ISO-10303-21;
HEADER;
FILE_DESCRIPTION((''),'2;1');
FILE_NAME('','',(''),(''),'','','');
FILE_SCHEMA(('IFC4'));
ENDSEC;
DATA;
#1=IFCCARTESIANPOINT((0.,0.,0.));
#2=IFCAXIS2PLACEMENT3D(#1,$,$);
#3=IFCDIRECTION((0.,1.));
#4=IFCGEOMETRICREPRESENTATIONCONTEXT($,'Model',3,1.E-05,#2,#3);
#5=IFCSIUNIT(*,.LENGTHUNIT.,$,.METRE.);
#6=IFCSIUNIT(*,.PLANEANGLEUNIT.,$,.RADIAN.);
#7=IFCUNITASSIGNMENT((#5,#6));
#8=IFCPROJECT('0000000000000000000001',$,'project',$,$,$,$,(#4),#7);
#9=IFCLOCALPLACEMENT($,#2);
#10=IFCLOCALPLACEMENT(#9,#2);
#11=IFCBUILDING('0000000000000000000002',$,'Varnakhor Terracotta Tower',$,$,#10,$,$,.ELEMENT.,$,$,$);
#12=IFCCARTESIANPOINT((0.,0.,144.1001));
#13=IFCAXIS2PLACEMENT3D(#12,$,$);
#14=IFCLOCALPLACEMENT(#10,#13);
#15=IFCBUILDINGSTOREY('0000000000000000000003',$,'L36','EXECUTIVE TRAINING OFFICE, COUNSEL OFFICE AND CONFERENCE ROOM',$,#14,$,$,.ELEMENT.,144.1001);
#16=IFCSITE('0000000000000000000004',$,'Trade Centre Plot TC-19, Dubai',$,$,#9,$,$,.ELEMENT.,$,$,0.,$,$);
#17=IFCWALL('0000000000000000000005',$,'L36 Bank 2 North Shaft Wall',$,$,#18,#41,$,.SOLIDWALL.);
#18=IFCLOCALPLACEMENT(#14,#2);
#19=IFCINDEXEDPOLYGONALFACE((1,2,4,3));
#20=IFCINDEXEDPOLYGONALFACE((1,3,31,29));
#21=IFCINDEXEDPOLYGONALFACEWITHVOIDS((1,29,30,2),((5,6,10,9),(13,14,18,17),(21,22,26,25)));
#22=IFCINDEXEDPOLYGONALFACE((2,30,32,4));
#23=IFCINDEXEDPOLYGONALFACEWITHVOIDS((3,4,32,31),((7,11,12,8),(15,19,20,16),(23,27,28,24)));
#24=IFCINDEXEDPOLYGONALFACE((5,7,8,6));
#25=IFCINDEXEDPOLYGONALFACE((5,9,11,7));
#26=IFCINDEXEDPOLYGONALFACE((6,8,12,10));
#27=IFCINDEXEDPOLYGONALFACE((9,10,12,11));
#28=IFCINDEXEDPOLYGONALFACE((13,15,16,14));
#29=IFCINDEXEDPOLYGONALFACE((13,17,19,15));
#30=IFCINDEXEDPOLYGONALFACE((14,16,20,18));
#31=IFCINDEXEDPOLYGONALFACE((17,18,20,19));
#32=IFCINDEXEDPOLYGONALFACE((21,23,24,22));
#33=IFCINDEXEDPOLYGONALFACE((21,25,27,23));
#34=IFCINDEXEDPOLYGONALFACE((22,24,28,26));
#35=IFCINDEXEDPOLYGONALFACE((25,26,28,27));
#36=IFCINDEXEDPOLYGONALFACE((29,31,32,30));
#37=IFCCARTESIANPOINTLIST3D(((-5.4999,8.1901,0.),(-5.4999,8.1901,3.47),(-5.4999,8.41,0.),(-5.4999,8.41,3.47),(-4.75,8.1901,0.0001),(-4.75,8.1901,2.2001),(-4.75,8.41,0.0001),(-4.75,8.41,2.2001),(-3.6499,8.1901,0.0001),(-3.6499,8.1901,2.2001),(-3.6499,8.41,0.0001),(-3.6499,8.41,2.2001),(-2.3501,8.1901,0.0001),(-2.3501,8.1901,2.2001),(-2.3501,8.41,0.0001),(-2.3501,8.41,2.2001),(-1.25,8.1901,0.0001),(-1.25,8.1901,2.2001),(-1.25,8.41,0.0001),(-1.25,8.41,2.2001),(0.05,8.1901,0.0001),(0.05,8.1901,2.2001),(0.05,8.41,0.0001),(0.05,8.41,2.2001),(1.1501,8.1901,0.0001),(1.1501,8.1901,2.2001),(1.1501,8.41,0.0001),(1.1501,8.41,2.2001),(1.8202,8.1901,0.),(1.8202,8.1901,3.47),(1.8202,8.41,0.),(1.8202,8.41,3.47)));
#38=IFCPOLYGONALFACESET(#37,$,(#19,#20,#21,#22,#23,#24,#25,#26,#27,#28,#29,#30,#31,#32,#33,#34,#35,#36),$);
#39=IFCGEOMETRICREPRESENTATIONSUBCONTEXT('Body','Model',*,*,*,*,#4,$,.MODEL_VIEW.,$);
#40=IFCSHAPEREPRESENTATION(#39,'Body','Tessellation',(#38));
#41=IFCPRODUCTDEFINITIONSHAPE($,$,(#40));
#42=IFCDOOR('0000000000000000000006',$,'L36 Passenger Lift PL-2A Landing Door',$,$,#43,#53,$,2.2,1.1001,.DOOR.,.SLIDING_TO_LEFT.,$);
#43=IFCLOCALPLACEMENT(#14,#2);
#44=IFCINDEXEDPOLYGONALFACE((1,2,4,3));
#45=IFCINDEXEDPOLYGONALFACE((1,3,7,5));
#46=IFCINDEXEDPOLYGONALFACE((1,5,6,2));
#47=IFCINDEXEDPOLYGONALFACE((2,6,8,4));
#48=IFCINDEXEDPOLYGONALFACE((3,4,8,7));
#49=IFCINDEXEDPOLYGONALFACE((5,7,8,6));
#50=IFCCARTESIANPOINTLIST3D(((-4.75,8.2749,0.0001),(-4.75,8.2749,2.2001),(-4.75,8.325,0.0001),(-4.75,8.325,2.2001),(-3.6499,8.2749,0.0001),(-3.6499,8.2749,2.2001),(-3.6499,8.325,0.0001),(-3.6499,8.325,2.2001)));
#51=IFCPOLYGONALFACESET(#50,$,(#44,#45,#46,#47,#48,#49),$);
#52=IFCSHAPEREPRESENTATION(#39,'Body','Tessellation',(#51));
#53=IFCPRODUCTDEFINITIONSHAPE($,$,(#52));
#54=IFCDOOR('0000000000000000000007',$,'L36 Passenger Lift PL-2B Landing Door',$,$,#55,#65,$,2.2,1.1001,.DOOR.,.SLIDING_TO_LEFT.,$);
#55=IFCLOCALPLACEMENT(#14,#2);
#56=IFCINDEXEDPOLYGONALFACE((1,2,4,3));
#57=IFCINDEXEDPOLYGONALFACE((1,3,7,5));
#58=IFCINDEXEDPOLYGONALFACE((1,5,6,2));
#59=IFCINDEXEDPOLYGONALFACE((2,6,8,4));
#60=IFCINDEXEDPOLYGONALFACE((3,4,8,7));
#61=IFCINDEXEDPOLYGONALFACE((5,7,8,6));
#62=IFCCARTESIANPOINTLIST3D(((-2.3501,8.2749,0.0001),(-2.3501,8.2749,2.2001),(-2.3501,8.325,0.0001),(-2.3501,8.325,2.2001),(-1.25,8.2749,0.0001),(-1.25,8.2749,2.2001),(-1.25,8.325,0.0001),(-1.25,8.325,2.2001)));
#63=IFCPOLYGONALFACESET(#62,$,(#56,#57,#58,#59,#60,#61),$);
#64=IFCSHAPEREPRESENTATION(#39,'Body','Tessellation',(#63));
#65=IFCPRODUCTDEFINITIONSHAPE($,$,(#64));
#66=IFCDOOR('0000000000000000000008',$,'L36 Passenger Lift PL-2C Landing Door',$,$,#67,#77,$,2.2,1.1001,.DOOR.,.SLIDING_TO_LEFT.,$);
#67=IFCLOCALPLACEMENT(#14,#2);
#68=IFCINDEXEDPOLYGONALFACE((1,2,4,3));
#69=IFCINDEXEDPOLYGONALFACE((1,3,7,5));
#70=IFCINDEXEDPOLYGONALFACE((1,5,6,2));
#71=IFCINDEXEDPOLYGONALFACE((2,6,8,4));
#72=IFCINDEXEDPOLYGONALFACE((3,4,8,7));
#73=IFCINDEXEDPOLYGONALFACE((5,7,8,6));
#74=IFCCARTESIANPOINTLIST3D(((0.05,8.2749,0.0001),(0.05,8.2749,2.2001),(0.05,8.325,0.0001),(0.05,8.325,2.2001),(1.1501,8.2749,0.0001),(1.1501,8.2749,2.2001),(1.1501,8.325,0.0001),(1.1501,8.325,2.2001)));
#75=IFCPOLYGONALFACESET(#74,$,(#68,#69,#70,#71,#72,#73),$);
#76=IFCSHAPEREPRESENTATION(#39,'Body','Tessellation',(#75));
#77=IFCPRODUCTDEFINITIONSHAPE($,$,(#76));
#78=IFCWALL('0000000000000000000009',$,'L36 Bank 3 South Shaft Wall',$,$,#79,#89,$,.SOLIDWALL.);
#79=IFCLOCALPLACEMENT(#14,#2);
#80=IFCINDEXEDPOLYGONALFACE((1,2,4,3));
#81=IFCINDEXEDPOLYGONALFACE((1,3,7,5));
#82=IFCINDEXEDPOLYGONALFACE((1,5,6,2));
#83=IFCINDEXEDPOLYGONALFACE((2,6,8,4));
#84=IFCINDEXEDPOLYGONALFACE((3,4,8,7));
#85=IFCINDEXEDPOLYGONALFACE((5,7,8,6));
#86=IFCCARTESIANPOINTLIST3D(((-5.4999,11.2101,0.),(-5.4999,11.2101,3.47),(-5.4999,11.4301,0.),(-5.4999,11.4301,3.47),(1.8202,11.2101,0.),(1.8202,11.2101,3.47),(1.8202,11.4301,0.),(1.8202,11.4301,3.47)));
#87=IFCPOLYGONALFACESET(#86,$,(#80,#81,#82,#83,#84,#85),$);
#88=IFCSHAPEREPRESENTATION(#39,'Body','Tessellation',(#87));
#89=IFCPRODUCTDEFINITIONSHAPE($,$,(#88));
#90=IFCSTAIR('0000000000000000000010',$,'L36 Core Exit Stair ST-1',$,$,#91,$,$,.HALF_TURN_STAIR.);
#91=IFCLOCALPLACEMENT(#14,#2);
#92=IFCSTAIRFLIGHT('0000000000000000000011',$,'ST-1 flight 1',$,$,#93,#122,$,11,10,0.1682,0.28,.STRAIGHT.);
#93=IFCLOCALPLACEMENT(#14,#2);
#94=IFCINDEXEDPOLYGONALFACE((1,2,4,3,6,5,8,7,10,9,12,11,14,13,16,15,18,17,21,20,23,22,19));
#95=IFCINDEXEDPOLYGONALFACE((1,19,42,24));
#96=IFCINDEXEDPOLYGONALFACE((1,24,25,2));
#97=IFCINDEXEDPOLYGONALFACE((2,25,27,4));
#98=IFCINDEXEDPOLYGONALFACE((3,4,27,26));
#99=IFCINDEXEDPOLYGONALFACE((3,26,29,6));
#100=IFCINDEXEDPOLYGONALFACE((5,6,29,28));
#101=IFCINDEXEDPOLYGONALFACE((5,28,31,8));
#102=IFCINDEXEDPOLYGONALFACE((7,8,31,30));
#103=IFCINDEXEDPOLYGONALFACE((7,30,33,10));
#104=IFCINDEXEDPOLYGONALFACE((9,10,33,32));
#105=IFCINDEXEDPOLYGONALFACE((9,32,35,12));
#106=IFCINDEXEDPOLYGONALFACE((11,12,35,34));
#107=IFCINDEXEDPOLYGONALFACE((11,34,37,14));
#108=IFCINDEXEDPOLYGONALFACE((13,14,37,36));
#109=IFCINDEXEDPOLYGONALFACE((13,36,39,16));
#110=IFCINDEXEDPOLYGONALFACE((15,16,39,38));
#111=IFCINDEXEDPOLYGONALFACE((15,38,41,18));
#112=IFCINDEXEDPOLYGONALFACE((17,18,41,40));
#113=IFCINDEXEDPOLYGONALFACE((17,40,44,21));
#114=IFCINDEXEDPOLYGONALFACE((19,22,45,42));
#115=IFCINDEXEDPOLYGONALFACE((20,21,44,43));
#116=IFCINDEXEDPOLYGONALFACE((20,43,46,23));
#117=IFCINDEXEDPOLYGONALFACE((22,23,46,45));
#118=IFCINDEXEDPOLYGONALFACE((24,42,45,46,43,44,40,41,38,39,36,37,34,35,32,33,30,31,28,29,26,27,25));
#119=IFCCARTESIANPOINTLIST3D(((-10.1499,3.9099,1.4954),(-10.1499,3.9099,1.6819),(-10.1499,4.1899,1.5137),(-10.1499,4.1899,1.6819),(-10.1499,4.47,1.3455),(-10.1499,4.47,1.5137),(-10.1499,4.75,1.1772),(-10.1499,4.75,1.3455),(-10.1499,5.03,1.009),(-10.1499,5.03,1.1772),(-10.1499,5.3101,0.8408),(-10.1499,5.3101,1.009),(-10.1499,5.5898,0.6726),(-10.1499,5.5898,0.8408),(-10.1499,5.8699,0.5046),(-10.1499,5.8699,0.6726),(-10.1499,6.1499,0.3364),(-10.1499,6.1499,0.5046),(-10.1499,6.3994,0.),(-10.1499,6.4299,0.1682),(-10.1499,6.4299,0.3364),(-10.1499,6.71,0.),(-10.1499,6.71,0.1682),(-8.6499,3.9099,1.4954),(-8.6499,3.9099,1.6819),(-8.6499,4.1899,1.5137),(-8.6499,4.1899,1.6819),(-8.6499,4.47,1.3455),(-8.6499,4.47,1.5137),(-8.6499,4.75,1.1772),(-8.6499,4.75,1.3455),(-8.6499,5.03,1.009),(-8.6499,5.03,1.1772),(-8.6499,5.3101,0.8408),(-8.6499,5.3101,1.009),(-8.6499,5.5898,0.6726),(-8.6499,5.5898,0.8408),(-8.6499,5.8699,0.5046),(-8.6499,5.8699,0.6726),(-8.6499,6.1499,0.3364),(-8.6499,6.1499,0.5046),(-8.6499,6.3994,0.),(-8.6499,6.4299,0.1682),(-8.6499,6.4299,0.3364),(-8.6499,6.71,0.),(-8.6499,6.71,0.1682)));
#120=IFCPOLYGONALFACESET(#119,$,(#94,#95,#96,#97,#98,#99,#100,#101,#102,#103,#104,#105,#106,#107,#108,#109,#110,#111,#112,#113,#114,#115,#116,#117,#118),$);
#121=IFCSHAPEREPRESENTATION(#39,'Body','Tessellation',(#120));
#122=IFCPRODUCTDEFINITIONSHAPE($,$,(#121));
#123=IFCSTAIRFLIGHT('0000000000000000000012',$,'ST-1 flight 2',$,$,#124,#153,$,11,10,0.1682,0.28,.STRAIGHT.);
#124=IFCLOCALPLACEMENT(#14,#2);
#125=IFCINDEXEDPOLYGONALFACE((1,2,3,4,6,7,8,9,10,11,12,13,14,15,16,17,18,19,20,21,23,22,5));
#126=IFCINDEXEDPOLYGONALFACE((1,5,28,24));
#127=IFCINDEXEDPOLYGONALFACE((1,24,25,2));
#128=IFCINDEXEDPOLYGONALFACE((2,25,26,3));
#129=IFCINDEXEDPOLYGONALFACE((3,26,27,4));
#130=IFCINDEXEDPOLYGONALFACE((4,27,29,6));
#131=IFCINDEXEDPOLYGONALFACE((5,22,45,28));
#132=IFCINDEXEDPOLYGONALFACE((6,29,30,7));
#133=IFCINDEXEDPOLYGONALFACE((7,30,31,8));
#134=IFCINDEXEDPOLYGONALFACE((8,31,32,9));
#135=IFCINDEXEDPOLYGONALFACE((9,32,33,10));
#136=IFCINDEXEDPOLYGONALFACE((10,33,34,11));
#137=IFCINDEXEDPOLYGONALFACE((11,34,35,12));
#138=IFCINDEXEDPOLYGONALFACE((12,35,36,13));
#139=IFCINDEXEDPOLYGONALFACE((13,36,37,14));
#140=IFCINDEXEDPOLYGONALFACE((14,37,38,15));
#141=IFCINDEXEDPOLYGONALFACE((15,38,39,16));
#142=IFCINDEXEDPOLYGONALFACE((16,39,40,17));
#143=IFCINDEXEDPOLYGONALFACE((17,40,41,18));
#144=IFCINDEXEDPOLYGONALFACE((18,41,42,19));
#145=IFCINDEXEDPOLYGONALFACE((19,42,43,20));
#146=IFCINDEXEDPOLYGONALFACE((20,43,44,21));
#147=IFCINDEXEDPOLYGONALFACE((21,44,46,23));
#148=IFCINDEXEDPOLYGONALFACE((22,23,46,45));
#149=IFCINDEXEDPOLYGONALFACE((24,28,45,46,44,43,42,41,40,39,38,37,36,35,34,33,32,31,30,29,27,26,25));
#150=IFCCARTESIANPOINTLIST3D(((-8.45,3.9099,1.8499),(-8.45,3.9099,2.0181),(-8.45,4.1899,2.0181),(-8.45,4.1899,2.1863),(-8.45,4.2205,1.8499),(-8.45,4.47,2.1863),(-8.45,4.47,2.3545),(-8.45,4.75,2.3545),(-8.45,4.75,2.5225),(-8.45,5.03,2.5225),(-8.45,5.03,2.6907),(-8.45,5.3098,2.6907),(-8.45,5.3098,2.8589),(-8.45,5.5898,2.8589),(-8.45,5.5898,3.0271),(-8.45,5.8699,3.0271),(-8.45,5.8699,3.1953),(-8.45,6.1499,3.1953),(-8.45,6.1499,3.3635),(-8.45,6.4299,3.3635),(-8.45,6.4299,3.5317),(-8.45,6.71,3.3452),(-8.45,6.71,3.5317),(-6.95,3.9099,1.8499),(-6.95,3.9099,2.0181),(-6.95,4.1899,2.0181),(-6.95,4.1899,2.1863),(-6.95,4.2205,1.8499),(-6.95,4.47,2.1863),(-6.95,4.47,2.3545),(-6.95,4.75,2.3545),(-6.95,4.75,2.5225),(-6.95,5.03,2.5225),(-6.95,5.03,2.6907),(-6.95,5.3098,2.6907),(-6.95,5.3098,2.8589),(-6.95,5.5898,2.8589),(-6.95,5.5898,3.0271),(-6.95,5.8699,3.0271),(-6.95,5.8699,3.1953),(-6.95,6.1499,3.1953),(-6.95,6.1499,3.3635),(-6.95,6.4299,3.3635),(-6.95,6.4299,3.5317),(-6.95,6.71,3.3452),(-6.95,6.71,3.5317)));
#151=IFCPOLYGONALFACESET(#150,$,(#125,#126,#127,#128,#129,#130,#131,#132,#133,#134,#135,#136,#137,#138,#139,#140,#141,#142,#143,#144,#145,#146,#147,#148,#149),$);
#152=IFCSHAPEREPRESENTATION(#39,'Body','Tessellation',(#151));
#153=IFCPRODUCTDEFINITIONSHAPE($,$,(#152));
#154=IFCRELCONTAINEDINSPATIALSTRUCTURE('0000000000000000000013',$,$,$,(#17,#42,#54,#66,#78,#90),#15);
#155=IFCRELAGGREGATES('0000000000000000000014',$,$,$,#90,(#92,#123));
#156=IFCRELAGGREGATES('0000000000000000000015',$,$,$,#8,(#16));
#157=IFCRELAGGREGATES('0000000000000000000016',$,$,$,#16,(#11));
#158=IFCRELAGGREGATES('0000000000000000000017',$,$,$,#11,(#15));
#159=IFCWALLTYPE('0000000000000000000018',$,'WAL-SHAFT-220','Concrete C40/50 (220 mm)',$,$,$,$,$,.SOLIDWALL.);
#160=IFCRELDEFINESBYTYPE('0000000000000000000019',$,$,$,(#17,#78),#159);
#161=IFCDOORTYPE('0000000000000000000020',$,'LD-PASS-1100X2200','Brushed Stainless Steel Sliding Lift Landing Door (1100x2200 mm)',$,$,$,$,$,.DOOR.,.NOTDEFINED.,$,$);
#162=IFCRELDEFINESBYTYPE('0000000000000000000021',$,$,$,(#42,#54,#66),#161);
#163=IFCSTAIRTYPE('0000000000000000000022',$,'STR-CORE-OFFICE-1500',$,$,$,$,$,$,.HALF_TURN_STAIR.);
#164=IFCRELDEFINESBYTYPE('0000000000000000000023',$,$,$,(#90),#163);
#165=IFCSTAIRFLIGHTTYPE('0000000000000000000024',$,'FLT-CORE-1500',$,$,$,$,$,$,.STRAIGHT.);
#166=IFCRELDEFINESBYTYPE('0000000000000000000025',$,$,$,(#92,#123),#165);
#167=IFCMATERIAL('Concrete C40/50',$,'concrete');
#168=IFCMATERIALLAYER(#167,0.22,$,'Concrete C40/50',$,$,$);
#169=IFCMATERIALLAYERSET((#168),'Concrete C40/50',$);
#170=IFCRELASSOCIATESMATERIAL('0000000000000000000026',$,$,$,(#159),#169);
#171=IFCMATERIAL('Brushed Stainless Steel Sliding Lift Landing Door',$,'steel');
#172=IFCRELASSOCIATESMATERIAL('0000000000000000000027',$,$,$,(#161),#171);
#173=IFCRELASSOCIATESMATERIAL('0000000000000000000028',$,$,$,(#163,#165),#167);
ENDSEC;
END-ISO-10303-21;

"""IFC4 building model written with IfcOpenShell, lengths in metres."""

from ifc_helpers import new_model, si_unit, direction, frame, frame_2d, origin, place, context, subcontext, project, spatial, polyline, rectangle, outline, extrude, source, transform, mapped, material, layer, layer_set, type_object, type_shapes, element, fill, aggregate, save


model = new_model("IFC4")

# Units and contexts
model_context = context("Model", 3, precision=1e-05, world=origin(), true_north=direction((0.0, 1.0)))
body_context = subcontext(model_context, "Body", "Model", "MODEL_VIEW")
ifc_project = project(units=[si_unit("LENGTHUNIT", "METRE"), si_unit("PLANEANGLEUNIT", "RADIAN")], contexts=[model_context])

# Site, building, storey
site_placement = place(None, origin())
site = spatial("IfcSite", under=ifc_project, at=site_placement, Name="Trade Centre Plot TC-19, Dubai", CompositionType="ELEMENT", RefElevation=0.0)
building_placement = place(site_placement, origin())
building = spatial("IfcBuilding", under=site, at=building_placement, Name="Varnakhor Terracotta Tower", CompositionType="ELEMENT")
storey_placement = place(building_placement, frame((0.0, 0.0, 144.1001)))
storey = spatial("IfcBuildingStorey", under=building, at=storey_placement, Name="L36", Description="EXECUTIVE TRAINING OFFICE, COUNSEL OFFICE AND CONFERENCE ROOM", CompositionType="ELEMENT", Elevation=144.1001)

# Shared definitions
ifc_material_1 = material(Name="Concrete C40/50", Category="concrete")

# Shared definitions
ifc_layer_1 = layer(ifc_material_1, 0.22, Name="Concrete C40/50")
ifc_layer_set_1 = layer_set([ifc_layer_1], Name="Concrete C40/50")
wall_type_1 = type_object("IfcWallType", Name="WAL-SHAFT-220", Description="Concrete C40/50 (220 mm)", PredefinedType="SOLIDWALL", material=ifc_layer_set_1)

# Wall, openings, doors
wall_1_placement = place(storey_placement, frame((-5.5, 8.3, 0.0), z_axis=(0.0, 0.0, 1.0), x_axis=(1.0, 0.0, 0.0)))
wall_1 = element("IfcWall", 1, at=wall_1_placement, inside=storey, type_object=wall_type_1, Name="L36 Bank 2 North Shaft Wall", PredefinedType="SOLIDWALL", context=body_context, shape_type="SweptSolid", body=[
    extrude(rectangle(XDim=7.3201, YDim=0.22, at=frame_2d((3.6602, 0.0))), origin(), (0.0, 0.0, 1.0), 3.47),
])
opening_1_placement = place(wall_1_placement, frame((0.75, 0.0, 0.0)))
opening_1 = element("IfcOpeningElement", 2, at=opening_1_placement, cuts=wall_1, PredefinedType="OPENING", context=body_context, shape_type="SweptSolid", body=[
    extrude(rectangle(XDim=1.1001, YDim=2.2, at=frame_2d((0.55, 1.1001))), frame((0.0, 0.1201, 0.0), z_axis=(0.0, -1.0, 0.0), x_axis=(1.0, 0.0, 0.0)), (0.0, 0.0, 1.0), 0.24),
])
opening_2_placement = place(wall_1_placement, frame((3.1499, 0.0, 0.0)))
opening_2 = element("IfcOpeningElement", 3, at=opening_2_placement, cuts=wall_1, PredefinedType="OPENING", context=body_context, shape_type="SweptSolid", body=[
    extrude(rectangle(XDim=1.1001, YDim=2.2, at=frame_2d((0.55, 1.1001))), frame((0.0, 0.1201, 0.0), z_axis=(0.0, -1.0, 0.0), x_axis=(1.0, 0.0, 0.0)), (0.0, 0.0, 1.0), 0.24),
])
opening_3_placement = place(wall_1_placement, frame((5.55, 0.0, 0.0)))
opening_3 = element("IfcOpeningElement", 4, at=opening_3_placement, cuts=wall_1, PredefinedType="OPENING", context=body_context, shape_type="SweptSolid", body=[
    extrude(rectangle(XDim=1.1001, YDim=2.2, at=frame_2d((0.55, 1.1001))), frame((0.0, 0.1201, 0.0), z_axis=(0.0, -1.0, 0.0), x_axis=(1.0, 0.0, 0.0)), (0.0, 0.0, 1.0), 0.24),
])
ifc_material_2 = material(Name="Brushed Stainless Steel Sliding Lift Landing Door", Category="steel")
door_type_1 = type_object("IfcDoorType", Name="LD-PASS-1100X2200", Description="Brushed Stainless Steel Sliding Lift Landing Door (1100x2200 mm)", OperationType="NOTDEFINED", PredefinedType="DOOR", material=ifc_material_2)
shared_shape_1 = source(origin(), body_context, "Body", "SweptSolid", [
    extrude(rectangle(XDim=1.1001, YDim=2.2, at=frame_2d((0.55, 1.1001))), frame((0.0, 0.0249, 0.0), z_axis=(0.0, -1.0, 0.0), x_axis=(1.0, 0.0, 0.0)), (0.0, 0.0, 1.0), 0.05),
])
type_shapes(door_type_1, [shared_shape_1])
door_1_placement = place(opening_1_placement, origin())
door_1 = element("IfcDoor", 5, at=door_1_placement, inside=storey, type_object=door_type_1, Name="L36 Passenger Lift PL-2A Landing Door", OperationType="SLIDING_TO_LEFT", OverallHeight=2.2, OverallWidth=1.1001, PredefinedType="DOOR", context=body_context, shape_type="MappedRepresentation", body=[
    mapped(shared_shape_1, transform((0.0, 0.0, 0.0), scale=1.0)),
])
fill(opening_1, door_1)
door_2_placement = place(opening_2_placement, origin())
door_2 = element("IfcDoor", 6, at=door_2_placement, inside=storey, type_object=door_type_1, Name="L36 Passenger Lift PL-2B Landing Door", OperationType="SLIDING_TO_LEFT", OverallHeight=2.2, OverallWidth=1.1001, PredefinedType="DOOR", context=body_context, shape_type="MappedRepresentation", body=[
    mapped(shared_shape_1, transform((0.0, 0.0, 0.0), scale=1.0)),
])
fill(opening_2, door_2)
door_3_placement = place(opening_3_placement, origin())
door_3 = element("IfcDoor", 7, at=door_3_placement, inside=storey, type_object=door_type_1, Name="L36 Passenger Lift PL-2C Landing Door", OperationType="SLIDING_TO_LEFT", OverallHeight=2.2, OverallWidth=1.1001, PredefinedType="DOOR", context=body_context, shape_type="MappedRepresentation", body=[
    mapped(shared_shape_1, transform((0.0, 0.0, 0.0), scale=1.0)),
])
fill(opening_3, door_3)

# Wall
wall_2_placement = place(storey_placement, frame((-5.5, 11.3201, 0.0), z_axis=(0.0, 0.0, 1.0), x_axis=(1.0, 0.0, 0.0)))
element("IfcWall", 8, at=wall_2_placement, inside=storey, type_object=wall_type_1, Name="L36 Bank 3 South Shaft Wall", PredefinedType="SOLIDWALL", context=body_context, shape_type="SweptSolid", body=[
    extrude(rectangle(XDim=7.3201, YDim=0.22, at=frame_2d((3.6602, 0.0))), origin(), (0.0, 0.0, 1.0), 3.47),
])

# Stair, stair flights
stair_type = type_object("IfcStairType", Name="STR-CORE-OFFICE-1500", PredefinedType="HALF_TURN_STAIR", material=ifc_material_1)
stair_placement = place(storey_placement, origin())
stair = element("IfcStair", 9, at=stair_placement, inside=storey, type_object=stair_type, Name="L36 Core Exit Stair ST-1", PredefinedType="HALF_TURN_STAIR")
stair_flight_type = type_object("IfcStairFlightType", Name="FLT-CORE-1500", PredefinedType="STRAIGHT", material=ifc_material_1)
stair_flight_1_placement = place(storey_placement, frame((-9.3999, 6.71, 0.0), z_axis=(0.0, 0.0, 1.0), x_axis=(0.0, -1.0, 0.0)))
stair_flight_1 = element("IfcStairFlight", 10, at=stair_flight_1_placement, type_object=stair_flight_type, Name="ST-1 flight 1", NumberOfRisers=11, NumberOfTreads=10, PredefinedType="STRAIGHT", RiserHeight=0.1682, TreadLength=0.28, context=body_context, shape_type="SweptSolid", body=[
    extrude(outline(polyline([(0.0, 0.0), (0.0, 0.1682), (0.28, 0.1682), (0.28, 0.3364), (0.5601, 0.3364), (0.5601, 0.5046), (0.8401, 0.5046), (0.8401, 0.6726), (1.1201, 0.6726), (1.1201, 0.8408), (1.3999, 0.8408), (1.3999, 1.009), (1.6799, 1.009), (1.6799, 1.1772), (1.96, 1.1772), (1.96, 1.3455), (2.24, 1.3455), (2.24, 1.5137), (2.52, 1.5137), (2.52, 1.6819), (2.8, 1.6819), (2.8, 1.8501), (2.8, 1.4954), (0.3105, 0.0), (0.0, 0.0)])), frame((0.0, 0.75, 0.0), z_axis=(0.0, -1.0, 0.0), x_axis=(1.0, 0.0, 0.0)), (0.0, 0.0, 1.0), 1.5),
])
stair_flight_2_placement = place(storey_placement, frame((-7.7, 3.9099, 1.8499), z_axis=(0.0, 0.0, 1.0), x_axis=(0.0, 1.0, 0.0)))
stair_flight_2 = element("IfcStairFlight", 11, at=stair_flight_2_placement, type_object=stair_flight_type, Name="ST-1 flight 2", NumberOfRisers=11, NumberOfTreads=10, PredefinedType="STRAIGHT", RiserHeight=0.1682, TreadLength=0.28, context=body_context, shape_type="SweptSolid", body=[
    extrude(outline(polyline([(0.0, 0.0), (0.0, 0.1682), (0.28, 0.1682), (0.28, 0.3364), (0.5601, 0.3364), (0.5601, 0.5046), (0.8401, 0.5046), (0.8401, 0.6726), (1.1201, 0.6726), (1.1201, 0.8408), (1.3999, 0.8408), (1.3999, 1.009), (1.6799, 1.009), (1.6799, 1.1772), (1.96, 1.1772), (1.96, 1.3455), (2.24, 1.3455), (2.24, 1.5137), (2.52, 1.5137), (2.52, 1.6819), (2.8, 1.6819), (2.8, 1.8501), (2.8, 1.4954), (0.3105, 0.0), (0.0, 0.0)])), frame((0.0, 0.75, 0.0), z_axis=(0.0, -1.0, 0.0), x_axis=(1.0, 0.0, 0.0)), (0.0, 0.0, 1.0), 1.5),
])
aggregate(stair, [stair_flight_1, stair_flight_2])

save(model, "model.ifc")
